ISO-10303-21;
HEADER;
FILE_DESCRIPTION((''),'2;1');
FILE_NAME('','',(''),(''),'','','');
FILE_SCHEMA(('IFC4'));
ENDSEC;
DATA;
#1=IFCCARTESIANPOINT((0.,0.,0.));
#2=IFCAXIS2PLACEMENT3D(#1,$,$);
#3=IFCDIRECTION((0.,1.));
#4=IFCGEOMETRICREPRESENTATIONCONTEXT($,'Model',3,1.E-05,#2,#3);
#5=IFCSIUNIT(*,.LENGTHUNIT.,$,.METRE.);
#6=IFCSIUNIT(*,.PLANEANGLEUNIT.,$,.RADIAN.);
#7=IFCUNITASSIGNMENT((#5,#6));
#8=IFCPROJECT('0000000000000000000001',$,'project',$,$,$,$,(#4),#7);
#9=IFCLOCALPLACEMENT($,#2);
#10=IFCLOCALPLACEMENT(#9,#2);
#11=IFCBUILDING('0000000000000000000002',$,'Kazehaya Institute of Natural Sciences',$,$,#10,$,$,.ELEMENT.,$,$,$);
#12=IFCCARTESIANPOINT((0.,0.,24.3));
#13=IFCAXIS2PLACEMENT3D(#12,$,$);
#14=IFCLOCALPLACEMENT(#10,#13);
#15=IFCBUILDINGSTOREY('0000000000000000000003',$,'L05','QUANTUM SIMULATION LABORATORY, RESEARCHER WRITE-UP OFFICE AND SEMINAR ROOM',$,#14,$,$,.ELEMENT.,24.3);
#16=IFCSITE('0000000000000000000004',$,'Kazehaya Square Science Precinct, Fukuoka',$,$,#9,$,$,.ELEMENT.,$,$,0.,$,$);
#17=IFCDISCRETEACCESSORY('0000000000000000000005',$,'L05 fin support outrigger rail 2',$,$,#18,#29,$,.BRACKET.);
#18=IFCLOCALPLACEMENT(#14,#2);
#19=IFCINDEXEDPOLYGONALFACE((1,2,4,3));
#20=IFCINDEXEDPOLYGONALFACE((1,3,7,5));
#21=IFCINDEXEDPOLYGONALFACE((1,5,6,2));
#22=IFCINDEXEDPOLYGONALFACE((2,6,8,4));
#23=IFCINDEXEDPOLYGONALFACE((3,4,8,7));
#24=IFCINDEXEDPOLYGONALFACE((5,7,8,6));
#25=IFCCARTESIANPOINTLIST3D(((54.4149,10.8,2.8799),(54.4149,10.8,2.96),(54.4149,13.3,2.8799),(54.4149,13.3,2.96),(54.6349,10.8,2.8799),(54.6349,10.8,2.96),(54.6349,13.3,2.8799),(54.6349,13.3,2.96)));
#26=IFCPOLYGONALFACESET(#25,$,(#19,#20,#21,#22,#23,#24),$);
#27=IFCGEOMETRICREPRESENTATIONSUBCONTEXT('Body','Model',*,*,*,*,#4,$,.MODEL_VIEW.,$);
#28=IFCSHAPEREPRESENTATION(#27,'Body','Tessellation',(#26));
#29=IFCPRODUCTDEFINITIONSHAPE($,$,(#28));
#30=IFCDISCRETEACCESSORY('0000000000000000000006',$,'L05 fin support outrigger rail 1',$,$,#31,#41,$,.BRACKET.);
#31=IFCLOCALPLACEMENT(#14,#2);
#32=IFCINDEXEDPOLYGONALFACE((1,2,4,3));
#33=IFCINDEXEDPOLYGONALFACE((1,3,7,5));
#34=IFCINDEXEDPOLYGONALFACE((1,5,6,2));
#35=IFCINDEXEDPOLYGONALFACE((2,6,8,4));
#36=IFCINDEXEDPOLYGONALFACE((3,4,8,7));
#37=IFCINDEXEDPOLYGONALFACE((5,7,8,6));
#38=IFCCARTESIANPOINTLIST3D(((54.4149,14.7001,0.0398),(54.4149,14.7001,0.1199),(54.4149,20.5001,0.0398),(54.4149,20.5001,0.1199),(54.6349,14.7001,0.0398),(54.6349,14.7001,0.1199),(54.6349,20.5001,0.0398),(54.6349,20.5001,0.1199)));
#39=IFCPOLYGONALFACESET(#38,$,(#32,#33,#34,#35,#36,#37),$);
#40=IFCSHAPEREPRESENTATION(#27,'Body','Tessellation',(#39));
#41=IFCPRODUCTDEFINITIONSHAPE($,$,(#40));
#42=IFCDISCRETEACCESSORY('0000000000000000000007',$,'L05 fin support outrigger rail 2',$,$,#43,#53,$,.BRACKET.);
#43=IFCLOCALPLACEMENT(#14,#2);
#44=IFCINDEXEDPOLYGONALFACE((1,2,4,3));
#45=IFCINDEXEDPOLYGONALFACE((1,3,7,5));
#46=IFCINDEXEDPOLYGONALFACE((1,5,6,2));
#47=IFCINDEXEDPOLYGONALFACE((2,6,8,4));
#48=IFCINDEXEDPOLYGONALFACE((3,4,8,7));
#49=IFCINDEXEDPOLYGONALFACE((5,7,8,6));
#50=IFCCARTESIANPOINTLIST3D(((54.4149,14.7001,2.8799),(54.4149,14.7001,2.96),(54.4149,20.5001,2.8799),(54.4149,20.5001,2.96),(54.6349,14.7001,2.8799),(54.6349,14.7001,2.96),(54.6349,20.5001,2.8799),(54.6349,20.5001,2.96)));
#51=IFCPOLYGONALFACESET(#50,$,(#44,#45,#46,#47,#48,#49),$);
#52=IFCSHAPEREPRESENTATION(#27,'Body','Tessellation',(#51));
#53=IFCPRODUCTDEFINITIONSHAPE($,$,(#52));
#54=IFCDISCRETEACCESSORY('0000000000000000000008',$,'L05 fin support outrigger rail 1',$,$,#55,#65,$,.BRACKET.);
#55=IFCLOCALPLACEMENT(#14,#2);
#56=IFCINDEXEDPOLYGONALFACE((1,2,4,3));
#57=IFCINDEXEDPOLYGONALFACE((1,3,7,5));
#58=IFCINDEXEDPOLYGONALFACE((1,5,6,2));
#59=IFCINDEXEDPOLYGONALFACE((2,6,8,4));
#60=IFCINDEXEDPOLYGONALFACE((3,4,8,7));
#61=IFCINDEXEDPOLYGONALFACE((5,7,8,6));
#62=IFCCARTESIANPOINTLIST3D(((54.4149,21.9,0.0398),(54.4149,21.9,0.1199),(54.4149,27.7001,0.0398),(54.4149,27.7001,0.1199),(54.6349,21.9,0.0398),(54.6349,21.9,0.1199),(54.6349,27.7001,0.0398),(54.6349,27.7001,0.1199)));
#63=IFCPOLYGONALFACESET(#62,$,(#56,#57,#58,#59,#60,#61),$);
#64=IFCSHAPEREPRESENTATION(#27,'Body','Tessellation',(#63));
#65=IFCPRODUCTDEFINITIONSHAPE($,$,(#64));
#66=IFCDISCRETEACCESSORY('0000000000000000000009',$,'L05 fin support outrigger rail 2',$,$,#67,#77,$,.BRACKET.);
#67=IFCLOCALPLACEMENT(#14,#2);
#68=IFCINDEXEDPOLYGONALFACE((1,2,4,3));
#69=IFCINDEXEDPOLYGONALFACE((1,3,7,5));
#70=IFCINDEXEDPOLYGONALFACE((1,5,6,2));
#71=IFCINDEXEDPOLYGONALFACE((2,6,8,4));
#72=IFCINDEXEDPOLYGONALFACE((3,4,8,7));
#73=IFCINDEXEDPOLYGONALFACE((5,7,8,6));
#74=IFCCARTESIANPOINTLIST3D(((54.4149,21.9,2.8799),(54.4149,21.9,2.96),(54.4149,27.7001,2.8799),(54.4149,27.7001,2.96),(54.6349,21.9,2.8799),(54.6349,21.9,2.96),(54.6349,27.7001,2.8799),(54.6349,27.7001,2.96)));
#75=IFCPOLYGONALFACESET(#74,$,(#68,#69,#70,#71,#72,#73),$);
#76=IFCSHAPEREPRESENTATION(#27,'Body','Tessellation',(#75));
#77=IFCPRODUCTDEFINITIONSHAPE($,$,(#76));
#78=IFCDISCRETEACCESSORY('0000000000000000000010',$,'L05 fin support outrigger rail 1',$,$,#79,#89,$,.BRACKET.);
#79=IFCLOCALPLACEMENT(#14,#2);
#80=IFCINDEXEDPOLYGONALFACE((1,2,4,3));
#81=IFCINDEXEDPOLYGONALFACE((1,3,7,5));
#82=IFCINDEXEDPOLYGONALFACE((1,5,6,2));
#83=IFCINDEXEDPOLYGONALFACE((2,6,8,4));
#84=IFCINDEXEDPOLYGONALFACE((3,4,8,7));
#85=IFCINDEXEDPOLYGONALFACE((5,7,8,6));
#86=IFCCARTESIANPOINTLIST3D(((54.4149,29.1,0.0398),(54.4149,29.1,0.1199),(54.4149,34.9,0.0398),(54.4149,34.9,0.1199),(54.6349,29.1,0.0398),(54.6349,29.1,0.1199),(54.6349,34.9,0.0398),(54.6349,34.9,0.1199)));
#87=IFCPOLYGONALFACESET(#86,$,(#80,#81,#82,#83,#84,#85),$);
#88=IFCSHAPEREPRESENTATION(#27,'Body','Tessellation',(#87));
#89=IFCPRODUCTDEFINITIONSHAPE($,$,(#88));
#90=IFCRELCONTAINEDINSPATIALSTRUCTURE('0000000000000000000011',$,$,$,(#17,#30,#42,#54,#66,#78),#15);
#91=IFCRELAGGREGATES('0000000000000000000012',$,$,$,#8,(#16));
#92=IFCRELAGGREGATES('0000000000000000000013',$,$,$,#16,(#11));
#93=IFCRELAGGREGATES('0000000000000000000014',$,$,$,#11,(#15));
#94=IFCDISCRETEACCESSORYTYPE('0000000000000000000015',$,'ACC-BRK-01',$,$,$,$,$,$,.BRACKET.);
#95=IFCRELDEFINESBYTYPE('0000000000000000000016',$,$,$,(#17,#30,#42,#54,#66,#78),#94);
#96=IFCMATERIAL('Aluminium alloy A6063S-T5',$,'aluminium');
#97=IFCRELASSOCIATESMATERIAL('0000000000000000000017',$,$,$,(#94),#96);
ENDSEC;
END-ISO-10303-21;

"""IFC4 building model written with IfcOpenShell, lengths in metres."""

from ifc_helpers import new_model, si_unit, direction, frame, origin, origin_2d, place, context, subcontext, project, spatial, rectangle, extrude, material, type_object, element, save


model = new_model("IFC4")

# Units and contexts
model_context = context("Model", 3, precision=1e-05, world=origin(), true_north=direction((0.0, 1.0)))
body_context = subcontext(model_context, "Body", "Model", "MODEL_VIEW")
ifc_project = project(units=[si_unit("LENGTHUNIT", "METRE"), si_unit("PLANEANGLEUNIT", "RADIAN")], contexts=[model_context])

# Site, building, storey
site_placement = place(None, origin())
site = spatial("IfcSite", under=ifc_project, at=site_placement, Name="Kazehaya Square Science Precinct, Fukuoka", CompositionType="ELEMENT", RefElevation=0.0)
building_placement = place(site_placement, origin())
building = spatial("IfcBuilding", under=site, at=building_placement, Name="Kazehaya Institute of Natural Sciences", CompositionType="ELEMENT")
storey_placement = place(building_placement, frame((0.0, 0.0, 24.3)))
storey = spatial("IfcBuildingStorey", under=building, at=storey_placement, Name="L05", Description="QUANTUM SIMULATION LABORATORY, RESEARCHER WRITE-UP OFFICE AND SEMINAR ROOM", CompositionType="ELEMENT", Elevation=24.3)

# Shared definitions
ifc_material_1 = material(Name="Aluminium alloy A6063S-T5", Category="aluminium")

# Discrete accessories
discrete_accessory_type = type_object("IfcDiscreteAccessoryType", Name="ACC-BRK-01", PredefinedType="BRACKET", material=ifc_material_1)
for number, where, z_axis, x_axis, name in (
    (1, (54.5249, 12.05, 2.8799), (0.0, 0.0, 1.0), (0.0, 1.0, 0.0), "L05 fin support outrigger rail 2"),
):
    element("IfcDiscreteAccessory", number, at=place(storey_placement, frame(where, z_axis=z_axis, x_axis=x_axis)), inside=storey, type_object=discrete_accessory_type, Name=name, PredefinedType="BRACKET", context=body_context, shape_type="SweptSolid", body=[
        extrude(rectangle(XDim=2.5, YDim=0.22, at=origin_2d()), origin(), (0.0, 0.0, 1.0), 0.0801),
    ])
for number, where, z_axis, x_axis, name in (
    (2, (54.5249, 17.6001, 0.0398), (0.0, 0.0, 1.0), (0.0, 1.0, 0.0), "L05 fin support outrigger rail 1"),
    (3, (54.5249, 17.6001, 2.8799), (0.0, 0.0, 1.0), (0.0, 1.0, 0.0), "L05 fin support outrigger rail 2"),
    (4, (54.5249, 24.8, 0.0398), (0.0, 0.0, 1.0), (0.0, 1.0, 0.0), "L05 fin support outrigger rail 1"),
    (5, (54.5249, 24.8, 2.8799), (0.0, 0.0, 1.0), (0.0, 1.0, 0.0), "L05 fin support outrigger rail 2"),
    (6, (54.5249, 32.0, 0.0398), (0.0, 0.0, 1.0), (0.0, 1.0, 0.0), "L05 fin support outrigger rail 1"),
):
    element("IfcDiscreteAccessory", number, at=place(storey_placement, frame(where, z_axis=z_axis, x_axis=x_axis)), inside=storey, type_object=discrete_accessory_type, Name=name, PredefinedType="BRACKET", context=body_context, shape_type="SweptSolid", body=[
        extrude(rectangle(XDim=5.8, YDim=0.22, at=origin_2d()), origin(), (0.0, 0.0, 1.0), 0.0801),
    ])

save(model, "model.ifc")
